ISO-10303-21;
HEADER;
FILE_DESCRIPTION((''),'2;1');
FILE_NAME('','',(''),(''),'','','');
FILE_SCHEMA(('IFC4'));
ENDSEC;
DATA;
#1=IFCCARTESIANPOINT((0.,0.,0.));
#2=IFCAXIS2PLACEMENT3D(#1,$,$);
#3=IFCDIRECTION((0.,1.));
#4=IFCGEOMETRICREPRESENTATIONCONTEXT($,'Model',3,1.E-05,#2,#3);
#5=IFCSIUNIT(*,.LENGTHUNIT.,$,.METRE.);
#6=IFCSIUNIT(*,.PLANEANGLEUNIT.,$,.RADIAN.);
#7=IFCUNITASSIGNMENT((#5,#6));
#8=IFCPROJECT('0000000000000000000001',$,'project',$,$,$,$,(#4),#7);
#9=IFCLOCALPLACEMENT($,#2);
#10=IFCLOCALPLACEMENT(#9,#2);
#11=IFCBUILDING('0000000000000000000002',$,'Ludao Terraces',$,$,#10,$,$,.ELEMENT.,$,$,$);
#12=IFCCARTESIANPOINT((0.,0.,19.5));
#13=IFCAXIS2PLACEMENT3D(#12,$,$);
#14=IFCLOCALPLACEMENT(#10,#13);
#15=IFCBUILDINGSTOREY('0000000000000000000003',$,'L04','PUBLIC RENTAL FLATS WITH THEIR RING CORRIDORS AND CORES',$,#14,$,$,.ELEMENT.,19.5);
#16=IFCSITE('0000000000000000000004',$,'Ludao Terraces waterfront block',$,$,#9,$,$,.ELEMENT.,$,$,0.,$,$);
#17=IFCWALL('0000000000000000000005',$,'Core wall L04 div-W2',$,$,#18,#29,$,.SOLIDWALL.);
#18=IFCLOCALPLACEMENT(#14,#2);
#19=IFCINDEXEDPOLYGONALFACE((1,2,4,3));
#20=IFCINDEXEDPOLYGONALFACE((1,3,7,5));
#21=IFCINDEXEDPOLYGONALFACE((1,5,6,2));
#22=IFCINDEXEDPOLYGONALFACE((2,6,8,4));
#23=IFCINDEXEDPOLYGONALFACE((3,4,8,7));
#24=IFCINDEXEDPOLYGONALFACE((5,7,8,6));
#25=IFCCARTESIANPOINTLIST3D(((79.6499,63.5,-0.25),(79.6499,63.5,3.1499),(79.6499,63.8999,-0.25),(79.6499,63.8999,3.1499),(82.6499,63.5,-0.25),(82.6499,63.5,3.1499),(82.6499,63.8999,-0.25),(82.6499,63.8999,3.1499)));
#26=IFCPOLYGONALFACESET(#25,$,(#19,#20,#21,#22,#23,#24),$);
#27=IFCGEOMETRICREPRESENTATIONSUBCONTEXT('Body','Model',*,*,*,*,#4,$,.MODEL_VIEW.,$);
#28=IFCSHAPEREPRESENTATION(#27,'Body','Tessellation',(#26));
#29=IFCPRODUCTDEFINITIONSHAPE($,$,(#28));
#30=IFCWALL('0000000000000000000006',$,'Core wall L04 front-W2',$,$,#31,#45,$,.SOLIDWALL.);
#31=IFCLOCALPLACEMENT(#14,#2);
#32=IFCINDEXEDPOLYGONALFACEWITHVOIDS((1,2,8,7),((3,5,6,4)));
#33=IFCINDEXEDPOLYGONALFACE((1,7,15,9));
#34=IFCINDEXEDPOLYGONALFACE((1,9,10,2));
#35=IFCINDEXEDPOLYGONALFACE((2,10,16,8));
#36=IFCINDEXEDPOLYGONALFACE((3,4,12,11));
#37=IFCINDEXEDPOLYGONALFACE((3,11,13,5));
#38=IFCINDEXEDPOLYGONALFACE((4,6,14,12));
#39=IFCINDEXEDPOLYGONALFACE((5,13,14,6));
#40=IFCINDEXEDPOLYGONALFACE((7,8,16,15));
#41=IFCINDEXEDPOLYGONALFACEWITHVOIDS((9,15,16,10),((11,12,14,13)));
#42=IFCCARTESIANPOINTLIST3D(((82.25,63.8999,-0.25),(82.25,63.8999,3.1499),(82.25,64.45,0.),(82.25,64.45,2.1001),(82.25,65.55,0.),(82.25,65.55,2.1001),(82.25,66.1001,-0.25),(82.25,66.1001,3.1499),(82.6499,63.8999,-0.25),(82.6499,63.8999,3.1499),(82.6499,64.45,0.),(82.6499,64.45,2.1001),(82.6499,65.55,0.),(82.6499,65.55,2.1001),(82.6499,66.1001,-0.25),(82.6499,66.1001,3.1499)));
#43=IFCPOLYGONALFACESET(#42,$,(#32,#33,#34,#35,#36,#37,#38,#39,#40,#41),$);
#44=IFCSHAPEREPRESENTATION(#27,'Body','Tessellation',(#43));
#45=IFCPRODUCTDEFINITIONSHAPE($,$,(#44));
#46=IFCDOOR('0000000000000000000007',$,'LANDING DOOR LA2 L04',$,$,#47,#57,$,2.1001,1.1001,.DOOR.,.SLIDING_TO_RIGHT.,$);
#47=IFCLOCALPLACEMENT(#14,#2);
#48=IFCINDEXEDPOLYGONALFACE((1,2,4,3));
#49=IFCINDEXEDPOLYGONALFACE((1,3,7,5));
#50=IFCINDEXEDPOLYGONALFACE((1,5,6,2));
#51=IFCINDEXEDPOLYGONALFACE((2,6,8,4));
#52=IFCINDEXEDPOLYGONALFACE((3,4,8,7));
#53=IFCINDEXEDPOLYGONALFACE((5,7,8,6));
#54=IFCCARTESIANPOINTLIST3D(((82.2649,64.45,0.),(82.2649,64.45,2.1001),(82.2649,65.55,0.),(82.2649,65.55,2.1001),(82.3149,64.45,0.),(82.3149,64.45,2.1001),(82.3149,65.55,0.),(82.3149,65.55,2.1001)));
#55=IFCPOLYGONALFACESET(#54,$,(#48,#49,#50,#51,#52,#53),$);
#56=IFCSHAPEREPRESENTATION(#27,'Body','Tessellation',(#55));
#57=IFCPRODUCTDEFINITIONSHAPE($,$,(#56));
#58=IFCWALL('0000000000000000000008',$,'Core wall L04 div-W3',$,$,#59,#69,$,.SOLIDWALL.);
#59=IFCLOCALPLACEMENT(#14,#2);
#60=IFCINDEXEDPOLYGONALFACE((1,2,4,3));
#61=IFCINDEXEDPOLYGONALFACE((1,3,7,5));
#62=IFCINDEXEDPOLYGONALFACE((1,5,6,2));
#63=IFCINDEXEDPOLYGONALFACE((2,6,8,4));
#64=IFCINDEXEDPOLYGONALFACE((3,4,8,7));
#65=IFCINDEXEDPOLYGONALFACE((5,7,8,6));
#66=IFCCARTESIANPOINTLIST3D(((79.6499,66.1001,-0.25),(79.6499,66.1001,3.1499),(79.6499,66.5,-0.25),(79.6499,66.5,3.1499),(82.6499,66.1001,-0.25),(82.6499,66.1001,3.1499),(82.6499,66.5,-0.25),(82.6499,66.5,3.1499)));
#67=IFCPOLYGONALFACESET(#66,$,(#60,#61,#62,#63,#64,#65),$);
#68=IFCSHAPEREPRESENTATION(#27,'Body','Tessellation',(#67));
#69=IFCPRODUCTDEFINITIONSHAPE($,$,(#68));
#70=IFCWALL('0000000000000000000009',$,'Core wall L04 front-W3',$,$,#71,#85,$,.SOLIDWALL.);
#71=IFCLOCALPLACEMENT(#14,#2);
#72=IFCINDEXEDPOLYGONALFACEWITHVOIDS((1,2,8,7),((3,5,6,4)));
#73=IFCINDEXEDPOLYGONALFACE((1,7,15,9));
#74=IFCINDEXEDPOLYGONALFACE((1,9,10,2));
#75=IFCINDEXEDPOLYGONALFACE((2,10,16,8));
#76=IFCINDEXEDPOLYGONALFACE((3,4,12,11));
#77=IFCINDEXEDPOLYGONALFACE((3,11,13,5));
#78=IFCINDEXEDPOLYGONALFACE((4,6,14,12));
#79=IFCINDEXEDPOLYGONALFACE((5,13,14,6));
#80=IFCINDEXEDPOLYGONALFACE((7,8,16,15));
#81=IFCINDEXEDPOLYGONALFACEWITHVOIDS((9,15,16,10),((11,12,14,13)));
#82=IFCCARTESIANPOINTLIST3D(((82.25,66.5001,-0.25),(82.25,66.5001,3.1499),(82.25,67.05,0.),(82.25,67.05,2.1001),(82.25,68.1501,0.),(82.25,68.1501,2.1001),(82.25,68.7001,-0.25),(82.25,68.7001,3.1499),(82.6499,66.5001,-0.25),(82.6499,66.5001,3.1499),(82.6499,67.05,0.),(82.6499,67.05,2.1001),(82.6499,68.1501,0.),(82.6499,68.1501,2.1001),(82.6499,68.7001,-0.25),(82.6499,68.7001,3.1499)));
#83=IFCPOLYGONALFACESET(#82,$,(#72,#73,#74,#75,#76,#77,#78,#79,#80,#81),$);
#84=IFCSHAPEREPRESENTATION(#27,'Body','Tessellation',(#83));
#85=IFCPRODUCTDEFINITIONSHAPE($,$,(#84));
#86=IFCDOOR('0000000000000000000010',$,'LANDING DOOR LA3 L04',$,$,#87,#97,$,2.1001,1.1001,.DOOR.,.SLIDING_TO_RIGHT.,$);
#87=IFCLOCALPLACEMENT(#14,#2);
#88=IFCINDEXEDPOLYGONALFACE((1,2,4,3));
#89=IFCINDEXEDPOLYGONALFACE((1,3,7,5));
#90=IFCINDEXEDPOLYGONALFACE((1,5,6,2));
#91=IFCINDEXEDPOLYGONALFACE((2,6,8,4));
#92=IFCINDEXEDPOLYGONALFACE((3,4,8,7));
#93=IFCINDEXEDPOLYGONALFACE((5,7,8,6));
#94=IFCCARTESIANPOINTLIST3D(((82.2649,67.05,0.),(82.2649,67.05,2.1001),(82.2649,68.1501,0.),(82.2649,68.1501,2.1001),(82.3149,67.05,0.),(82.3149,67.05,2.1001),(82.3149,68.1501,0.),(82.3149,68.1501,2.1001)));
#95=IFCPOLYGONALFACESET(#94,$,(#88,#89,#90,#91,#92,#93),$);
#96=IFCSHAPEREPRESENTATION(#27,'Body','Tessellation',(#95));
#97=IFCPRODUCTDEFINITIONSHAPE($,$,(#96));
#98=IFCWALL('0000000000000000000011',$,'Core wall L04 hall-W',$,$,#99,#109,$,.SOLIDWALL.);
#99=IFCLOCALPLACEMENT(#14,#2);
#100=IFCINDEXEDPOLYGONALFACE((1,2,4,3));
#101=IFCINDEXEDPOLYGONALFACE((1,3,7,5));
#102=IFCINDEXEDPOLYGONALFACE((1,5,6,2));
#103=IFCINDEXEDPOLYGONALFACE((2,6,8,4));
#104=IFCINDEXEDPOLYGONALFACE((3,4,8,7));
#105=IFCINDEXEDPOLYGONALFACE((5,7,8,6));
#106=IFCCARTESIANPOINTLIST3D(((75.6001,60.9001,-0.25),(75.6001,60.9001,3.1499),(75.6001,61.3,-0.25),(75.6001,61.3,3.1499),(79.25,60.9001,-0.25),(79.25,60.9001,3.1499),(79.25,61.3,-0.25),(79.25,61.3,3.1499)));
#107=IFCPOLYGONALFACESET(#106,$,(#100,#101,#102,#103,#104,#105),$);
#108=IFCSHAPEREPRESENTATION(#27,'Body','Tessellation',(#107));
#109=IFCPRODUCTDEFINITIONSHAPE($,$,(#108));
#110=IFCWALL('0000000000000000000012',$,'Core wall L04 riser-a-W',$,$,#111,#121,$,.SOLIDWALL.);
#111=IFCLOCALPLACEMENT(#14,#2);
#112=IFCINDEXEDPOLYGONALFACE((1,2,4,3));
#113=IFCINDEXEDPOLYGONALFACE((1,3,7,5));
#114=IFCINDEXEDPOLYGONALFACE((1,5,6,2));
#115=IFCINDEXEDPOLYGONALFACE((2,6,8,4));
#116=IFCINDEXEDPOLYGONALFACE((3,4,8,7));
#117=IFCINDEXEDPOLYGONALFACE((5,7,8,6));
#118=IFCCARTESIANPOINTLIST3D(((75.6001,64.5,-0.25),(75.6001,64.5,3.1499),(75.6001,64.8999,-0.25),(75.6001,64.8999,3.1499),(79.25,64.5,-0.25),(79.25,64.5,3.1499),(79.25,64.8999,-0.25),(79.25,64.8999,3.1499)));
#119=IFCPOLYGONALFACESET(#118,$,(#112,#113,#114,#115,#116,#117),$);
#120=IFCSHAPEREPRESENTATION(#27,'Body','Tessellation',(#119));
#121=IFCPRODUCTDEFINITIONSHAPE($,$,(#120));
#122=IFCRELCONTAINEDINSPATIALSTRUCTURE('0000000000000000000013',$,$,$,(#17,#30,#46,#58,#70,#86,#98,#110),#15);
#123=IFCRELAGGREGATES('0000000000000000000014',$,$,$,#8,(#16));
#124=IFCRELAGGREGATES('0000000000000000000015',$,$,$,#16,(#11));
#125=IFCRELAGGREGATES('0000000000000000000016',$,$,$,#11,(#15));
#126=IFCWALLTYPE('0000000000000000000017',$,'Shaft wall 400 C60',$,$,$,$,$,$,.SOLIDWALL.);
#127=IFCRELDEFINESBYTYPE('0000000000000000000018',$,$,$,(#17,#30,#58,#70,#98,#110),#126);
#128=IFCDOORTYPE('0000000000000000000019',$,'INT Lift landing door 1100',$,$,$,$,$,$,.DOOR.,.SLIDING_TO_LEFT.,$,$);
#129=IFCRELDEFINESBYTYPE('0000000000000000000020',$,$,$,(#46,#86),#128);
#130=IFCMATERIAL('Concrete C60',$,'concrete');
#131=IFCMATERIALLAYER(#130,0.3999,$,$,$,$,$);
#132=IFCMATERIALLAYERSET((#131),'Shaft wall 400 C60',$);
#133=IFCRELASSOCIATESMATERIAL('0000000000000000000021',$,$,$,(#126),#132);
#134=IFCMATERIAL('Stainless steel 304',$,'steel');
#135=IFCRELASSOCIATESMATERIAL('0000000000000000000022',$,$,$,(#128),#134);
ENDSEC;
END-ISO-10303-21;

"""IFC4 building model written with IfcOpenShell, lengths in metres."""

from ifc_helpers import new_model, si_unit, direction, frame, frame_2d, origin, place, context, subcontext, project, spatial, rectangle, extrude, material, layer, layer_set, type_object, element, fill, save


model = new_model("IFC4")

# Units and contexts
model_context = context("Model", 3, precision=1e-05, world=origin(), true_north=direction((0.0, 1.0)))
body_context = subcontext(model_context, "Body", "Model", "MODEL_VIEW")
ifc_project = project(units=[si_unit("LENGTHUNIT", "METRE"), si_unit("PLANEANGLEUNIT", "RADIAN")], contexts=[model_context])

# Site, building, storey
site_placement = place(None, origin())
site = spatial("IfcSite", under=ifc_project, at=site_placement, Name="Ludao Terraces waterfront block", CompositionType="ELEMENT", RefElevation=0.0)
building_placement = place(site_placement, origin())
building = spatial("IfcBuilding", under=site, at=building_placement, Name="Ludao Terraces", CompositionType="ELEMENT")
storey_placement = place(building_placement, frame((0.0, 0.0, 19.5)))
storey = spatial("IfcBuildingStorey", under=building, at=storey_placement, Name="L04", Description="PUBLIC RENTAL FLATS WITH THEIR RING CORRIDORS AND CORES", CompositionType="ELEMENT", Elevation=19.5)

# Shared definitions
ifc_material_1 = material(Name="Concrete C60", Category="concrete")
ifc_layer_1 = layer(ifc_material_1, 0.3999)
ifc_layer_set_1 = layer_set([ifc_layer_1], Name="Shaft wall 400 C60")
wall_type_1 = type_object("IfcWallType", Name="Shaft wall 400 C60", PredefinedType="SOLIDWALL", material=ifc_layer_set_1)

# Shared definitions
ifc_material_2 = material(Name="Stainless steel 304", Category="steel")
door_type_1 = type_object("IfcDoorType", Name="INT Lift landing door 1100", OperationType="SLIDING_TO_LEFT", PredefinedType="DOOR", material=ifc_material_2)

# Wall
wall_1_placement = place(storey_placement, frame((79.6499, 63.7, -0.25), z_axis=(0.0, 0.0, 1.0), x_axis=(1.0, 0.0, 0.0)))
element("IfcWall", 1, at=wall_1_placement, inside=storey, type_object=wall_type_1, Name="Core wall L04 div-W2", PredefinedType="SOLIDWALL", context=body_context, shape_type="SweptSolid", body=[
    extrude(rectangle(XDim=3.0, YDim=0.3999, at=frame_2d((1.5, 0.0))), origin(), (0.0, 0.0, 1.0), 3.3999),
])

# Wall, opening, door
wall_2_placement = place(storey_placement, frame((82.45, 63.8999, -0.25), z_axis=(0.0, 0.0, 1.0), x_axis=(0.0, 1.0, 0.0)))
wall_2 = element("IfcWall", 2, at=wall_2_placement, inside=storey, type_object=wall_type_1, Name="Core wall L04 front-W2", PredefinedType="SOLIDWALL", context=body_context, shape_type="SweptSolid", body=[
    extrude(rectangle(XDim=2.2002, YDim=0.3999, at=frame_2d((1.1001, 0.0))), origin(), (0.0, 0.0, 1.0), 3.3999),
])
opening_1_placement = place(wall_2_placement, frame((0.55, 0.0, 0.25)))
opening_1 = element("IfcOpeningElement", 3, at=opening_1_placement, cuts=wall_2, PredefinedType="OPENING", context=body_context, shape_type="SweptSolid", body=[
    extrude(rectangle(XDim=1.1001, YDim=2.1001, at=frame_2d((0.55, 1.05))), frame((0.0, 0.21, 0.0), z_axis=(0.0, -1.0, 0.0), x_axis=(1.0, 0.0, 0.0)), (0.0, 0.0, 1.0), 0.4199),
])
door_1_placement = place(opening_1_placement, origin())
door_1 = element("IfcDoor", 4, at=door_1_placement, inside=storey, type_object=door_type_1, Name="LANDING DOOR LA2 L04", OperationType="SLIDING_TO_RIGHT", OverallHeight=2.1001, OverallWidth=1.1001, PredefinedType="DOOR", context=body_context, shape_type="SweptSolid", body=[
    extrude(rectangle(XDim=1.1001, YDim=2.1001, at=frame_2d((0.55, 1.05))), frame((0.0, 0.1851, 0.0), z_axis=(0.0, -1.0, 0.0), x_axis=(1.0, 0.0, 0.0)), (0.0, 0.0, 1.0), 0.05),
])
fill(opening_1, door_1)

# Wall
wall_3_placement = place(storey_placement, frame((79.6499, 66.3, -0.25), z_axis=(0.0, 0.0, 1.0), x_axis=(1.0, 0.0, 0.0)))
element("IfcWall", 5, at=wall_3_placement, inside=storey, type_object=wall_type_1, Name="Core wall L04 div-W3", PredefinedType="SOLIDWALL", context=body_context, shape_type="SweptSolid", body=[
    extrude(rectangle(XDim=3.0, YDim=0.3999, at=frame_2d((1.5, 0.0))), origin(), (0.0, 0.0, 1.0), 3.3999),
])

# Wall, opening, door
wall_4_placement = place(storey_placement, frame((82.45, 66.5, -0.25), z_axis=(0.0, 0.0, 1.0), x_axis=(0.0, 1.0, 0.0)))
wall_4 = element("IfcWall", 6, at=wall_4_placement, inside=storey, type_object=wall_type_1, Name="Core wall L04 front-W3", PredefinedType="SOLIDWALL", context=body_context, shape_type="SweptSolid", body=[
    extrude(rectangle(XDim=2.2, YDim=0.3999, at=frame_2d((1.1001, 0.0))), origin(), (0.0, 0.0, 1.0), 3.3999),
])
opening_2_placement = place(wall_4_placement, frame((0.55, 0.0, 0.25)))
opening_2 = element("IfcOpeningElement", 7, at=opening_2_placement, cuts=wall_4, PredefinedType="OPENING", context=body_context, shape_type="SweptSolid", body=[
    extrude(rectangle(XDim=1.1001, YDim=2.1001, at=frame_2d((0.55, 1.05))), frame((0.0, 0.21, 0.0), z_axis=(0.0, -1.0, 0.0), x_axis=(1.0, 0.0, 0.0)), (0.0, 0.0, 1.0), 0.4199),
])
door_2_placement = place(opening_2_placement, origin())
door_2 = element("IfcDoor", 8, at=door_2_placement, inside=storey, type_object=door_type_1, Name="LANDING DOOR LA3 L04", OperationType="SLIDING_TO_RIGHT", OverallHeight=2.1001, OverallWidth=1.1001, PredefinedType="DOOR", context=body_context, shape_type="SweptSolid", body=[
    extrude(rectangle(XDim=1.1001, YDim=2.1001, at=frame_2d((0.55, 1.05))), frame((0.0, 0.1851, 0.0), z_axis=(0.0, -1.0, 0.0), x_axis=(1.0, 0.0, 0.0)), (0.0, 0.0, 1.0), 0.05),
])
fill(opening_2, door_2)

# Walls
for number, where, z_axis, x_axis, name in (
    (9, (75.6001, 61.1001, -0.25), (0.0, 0.0, 1.0), (1.0, 0.0, 0.0), "Core wall L04 hall-W"),
    (10, (75.6001, 64.7, -0.25), (0.0, 0.0, 1.0), (1.0, 0.0, 0.0), "Core wall L04 riser-a-W"),
):
    element("IfcWall", number, at=place(storey_placement, frame(where, z_axis=z_axis, x_axis=x_axis)), inside=storey, type_object=wall_type_1, Name=name, PredefinedType="SOLIDWALL", context=body_context, shape_type="SweptSolid", body=[
        extrude(rectangle(XDim=3.6499, YDim=0.3999, at=frame_2d((1.825, 0.0))), origin(), (0.0, 0.0, 1.0), 3.3999),
    ])

save(model, "model.ifc")
